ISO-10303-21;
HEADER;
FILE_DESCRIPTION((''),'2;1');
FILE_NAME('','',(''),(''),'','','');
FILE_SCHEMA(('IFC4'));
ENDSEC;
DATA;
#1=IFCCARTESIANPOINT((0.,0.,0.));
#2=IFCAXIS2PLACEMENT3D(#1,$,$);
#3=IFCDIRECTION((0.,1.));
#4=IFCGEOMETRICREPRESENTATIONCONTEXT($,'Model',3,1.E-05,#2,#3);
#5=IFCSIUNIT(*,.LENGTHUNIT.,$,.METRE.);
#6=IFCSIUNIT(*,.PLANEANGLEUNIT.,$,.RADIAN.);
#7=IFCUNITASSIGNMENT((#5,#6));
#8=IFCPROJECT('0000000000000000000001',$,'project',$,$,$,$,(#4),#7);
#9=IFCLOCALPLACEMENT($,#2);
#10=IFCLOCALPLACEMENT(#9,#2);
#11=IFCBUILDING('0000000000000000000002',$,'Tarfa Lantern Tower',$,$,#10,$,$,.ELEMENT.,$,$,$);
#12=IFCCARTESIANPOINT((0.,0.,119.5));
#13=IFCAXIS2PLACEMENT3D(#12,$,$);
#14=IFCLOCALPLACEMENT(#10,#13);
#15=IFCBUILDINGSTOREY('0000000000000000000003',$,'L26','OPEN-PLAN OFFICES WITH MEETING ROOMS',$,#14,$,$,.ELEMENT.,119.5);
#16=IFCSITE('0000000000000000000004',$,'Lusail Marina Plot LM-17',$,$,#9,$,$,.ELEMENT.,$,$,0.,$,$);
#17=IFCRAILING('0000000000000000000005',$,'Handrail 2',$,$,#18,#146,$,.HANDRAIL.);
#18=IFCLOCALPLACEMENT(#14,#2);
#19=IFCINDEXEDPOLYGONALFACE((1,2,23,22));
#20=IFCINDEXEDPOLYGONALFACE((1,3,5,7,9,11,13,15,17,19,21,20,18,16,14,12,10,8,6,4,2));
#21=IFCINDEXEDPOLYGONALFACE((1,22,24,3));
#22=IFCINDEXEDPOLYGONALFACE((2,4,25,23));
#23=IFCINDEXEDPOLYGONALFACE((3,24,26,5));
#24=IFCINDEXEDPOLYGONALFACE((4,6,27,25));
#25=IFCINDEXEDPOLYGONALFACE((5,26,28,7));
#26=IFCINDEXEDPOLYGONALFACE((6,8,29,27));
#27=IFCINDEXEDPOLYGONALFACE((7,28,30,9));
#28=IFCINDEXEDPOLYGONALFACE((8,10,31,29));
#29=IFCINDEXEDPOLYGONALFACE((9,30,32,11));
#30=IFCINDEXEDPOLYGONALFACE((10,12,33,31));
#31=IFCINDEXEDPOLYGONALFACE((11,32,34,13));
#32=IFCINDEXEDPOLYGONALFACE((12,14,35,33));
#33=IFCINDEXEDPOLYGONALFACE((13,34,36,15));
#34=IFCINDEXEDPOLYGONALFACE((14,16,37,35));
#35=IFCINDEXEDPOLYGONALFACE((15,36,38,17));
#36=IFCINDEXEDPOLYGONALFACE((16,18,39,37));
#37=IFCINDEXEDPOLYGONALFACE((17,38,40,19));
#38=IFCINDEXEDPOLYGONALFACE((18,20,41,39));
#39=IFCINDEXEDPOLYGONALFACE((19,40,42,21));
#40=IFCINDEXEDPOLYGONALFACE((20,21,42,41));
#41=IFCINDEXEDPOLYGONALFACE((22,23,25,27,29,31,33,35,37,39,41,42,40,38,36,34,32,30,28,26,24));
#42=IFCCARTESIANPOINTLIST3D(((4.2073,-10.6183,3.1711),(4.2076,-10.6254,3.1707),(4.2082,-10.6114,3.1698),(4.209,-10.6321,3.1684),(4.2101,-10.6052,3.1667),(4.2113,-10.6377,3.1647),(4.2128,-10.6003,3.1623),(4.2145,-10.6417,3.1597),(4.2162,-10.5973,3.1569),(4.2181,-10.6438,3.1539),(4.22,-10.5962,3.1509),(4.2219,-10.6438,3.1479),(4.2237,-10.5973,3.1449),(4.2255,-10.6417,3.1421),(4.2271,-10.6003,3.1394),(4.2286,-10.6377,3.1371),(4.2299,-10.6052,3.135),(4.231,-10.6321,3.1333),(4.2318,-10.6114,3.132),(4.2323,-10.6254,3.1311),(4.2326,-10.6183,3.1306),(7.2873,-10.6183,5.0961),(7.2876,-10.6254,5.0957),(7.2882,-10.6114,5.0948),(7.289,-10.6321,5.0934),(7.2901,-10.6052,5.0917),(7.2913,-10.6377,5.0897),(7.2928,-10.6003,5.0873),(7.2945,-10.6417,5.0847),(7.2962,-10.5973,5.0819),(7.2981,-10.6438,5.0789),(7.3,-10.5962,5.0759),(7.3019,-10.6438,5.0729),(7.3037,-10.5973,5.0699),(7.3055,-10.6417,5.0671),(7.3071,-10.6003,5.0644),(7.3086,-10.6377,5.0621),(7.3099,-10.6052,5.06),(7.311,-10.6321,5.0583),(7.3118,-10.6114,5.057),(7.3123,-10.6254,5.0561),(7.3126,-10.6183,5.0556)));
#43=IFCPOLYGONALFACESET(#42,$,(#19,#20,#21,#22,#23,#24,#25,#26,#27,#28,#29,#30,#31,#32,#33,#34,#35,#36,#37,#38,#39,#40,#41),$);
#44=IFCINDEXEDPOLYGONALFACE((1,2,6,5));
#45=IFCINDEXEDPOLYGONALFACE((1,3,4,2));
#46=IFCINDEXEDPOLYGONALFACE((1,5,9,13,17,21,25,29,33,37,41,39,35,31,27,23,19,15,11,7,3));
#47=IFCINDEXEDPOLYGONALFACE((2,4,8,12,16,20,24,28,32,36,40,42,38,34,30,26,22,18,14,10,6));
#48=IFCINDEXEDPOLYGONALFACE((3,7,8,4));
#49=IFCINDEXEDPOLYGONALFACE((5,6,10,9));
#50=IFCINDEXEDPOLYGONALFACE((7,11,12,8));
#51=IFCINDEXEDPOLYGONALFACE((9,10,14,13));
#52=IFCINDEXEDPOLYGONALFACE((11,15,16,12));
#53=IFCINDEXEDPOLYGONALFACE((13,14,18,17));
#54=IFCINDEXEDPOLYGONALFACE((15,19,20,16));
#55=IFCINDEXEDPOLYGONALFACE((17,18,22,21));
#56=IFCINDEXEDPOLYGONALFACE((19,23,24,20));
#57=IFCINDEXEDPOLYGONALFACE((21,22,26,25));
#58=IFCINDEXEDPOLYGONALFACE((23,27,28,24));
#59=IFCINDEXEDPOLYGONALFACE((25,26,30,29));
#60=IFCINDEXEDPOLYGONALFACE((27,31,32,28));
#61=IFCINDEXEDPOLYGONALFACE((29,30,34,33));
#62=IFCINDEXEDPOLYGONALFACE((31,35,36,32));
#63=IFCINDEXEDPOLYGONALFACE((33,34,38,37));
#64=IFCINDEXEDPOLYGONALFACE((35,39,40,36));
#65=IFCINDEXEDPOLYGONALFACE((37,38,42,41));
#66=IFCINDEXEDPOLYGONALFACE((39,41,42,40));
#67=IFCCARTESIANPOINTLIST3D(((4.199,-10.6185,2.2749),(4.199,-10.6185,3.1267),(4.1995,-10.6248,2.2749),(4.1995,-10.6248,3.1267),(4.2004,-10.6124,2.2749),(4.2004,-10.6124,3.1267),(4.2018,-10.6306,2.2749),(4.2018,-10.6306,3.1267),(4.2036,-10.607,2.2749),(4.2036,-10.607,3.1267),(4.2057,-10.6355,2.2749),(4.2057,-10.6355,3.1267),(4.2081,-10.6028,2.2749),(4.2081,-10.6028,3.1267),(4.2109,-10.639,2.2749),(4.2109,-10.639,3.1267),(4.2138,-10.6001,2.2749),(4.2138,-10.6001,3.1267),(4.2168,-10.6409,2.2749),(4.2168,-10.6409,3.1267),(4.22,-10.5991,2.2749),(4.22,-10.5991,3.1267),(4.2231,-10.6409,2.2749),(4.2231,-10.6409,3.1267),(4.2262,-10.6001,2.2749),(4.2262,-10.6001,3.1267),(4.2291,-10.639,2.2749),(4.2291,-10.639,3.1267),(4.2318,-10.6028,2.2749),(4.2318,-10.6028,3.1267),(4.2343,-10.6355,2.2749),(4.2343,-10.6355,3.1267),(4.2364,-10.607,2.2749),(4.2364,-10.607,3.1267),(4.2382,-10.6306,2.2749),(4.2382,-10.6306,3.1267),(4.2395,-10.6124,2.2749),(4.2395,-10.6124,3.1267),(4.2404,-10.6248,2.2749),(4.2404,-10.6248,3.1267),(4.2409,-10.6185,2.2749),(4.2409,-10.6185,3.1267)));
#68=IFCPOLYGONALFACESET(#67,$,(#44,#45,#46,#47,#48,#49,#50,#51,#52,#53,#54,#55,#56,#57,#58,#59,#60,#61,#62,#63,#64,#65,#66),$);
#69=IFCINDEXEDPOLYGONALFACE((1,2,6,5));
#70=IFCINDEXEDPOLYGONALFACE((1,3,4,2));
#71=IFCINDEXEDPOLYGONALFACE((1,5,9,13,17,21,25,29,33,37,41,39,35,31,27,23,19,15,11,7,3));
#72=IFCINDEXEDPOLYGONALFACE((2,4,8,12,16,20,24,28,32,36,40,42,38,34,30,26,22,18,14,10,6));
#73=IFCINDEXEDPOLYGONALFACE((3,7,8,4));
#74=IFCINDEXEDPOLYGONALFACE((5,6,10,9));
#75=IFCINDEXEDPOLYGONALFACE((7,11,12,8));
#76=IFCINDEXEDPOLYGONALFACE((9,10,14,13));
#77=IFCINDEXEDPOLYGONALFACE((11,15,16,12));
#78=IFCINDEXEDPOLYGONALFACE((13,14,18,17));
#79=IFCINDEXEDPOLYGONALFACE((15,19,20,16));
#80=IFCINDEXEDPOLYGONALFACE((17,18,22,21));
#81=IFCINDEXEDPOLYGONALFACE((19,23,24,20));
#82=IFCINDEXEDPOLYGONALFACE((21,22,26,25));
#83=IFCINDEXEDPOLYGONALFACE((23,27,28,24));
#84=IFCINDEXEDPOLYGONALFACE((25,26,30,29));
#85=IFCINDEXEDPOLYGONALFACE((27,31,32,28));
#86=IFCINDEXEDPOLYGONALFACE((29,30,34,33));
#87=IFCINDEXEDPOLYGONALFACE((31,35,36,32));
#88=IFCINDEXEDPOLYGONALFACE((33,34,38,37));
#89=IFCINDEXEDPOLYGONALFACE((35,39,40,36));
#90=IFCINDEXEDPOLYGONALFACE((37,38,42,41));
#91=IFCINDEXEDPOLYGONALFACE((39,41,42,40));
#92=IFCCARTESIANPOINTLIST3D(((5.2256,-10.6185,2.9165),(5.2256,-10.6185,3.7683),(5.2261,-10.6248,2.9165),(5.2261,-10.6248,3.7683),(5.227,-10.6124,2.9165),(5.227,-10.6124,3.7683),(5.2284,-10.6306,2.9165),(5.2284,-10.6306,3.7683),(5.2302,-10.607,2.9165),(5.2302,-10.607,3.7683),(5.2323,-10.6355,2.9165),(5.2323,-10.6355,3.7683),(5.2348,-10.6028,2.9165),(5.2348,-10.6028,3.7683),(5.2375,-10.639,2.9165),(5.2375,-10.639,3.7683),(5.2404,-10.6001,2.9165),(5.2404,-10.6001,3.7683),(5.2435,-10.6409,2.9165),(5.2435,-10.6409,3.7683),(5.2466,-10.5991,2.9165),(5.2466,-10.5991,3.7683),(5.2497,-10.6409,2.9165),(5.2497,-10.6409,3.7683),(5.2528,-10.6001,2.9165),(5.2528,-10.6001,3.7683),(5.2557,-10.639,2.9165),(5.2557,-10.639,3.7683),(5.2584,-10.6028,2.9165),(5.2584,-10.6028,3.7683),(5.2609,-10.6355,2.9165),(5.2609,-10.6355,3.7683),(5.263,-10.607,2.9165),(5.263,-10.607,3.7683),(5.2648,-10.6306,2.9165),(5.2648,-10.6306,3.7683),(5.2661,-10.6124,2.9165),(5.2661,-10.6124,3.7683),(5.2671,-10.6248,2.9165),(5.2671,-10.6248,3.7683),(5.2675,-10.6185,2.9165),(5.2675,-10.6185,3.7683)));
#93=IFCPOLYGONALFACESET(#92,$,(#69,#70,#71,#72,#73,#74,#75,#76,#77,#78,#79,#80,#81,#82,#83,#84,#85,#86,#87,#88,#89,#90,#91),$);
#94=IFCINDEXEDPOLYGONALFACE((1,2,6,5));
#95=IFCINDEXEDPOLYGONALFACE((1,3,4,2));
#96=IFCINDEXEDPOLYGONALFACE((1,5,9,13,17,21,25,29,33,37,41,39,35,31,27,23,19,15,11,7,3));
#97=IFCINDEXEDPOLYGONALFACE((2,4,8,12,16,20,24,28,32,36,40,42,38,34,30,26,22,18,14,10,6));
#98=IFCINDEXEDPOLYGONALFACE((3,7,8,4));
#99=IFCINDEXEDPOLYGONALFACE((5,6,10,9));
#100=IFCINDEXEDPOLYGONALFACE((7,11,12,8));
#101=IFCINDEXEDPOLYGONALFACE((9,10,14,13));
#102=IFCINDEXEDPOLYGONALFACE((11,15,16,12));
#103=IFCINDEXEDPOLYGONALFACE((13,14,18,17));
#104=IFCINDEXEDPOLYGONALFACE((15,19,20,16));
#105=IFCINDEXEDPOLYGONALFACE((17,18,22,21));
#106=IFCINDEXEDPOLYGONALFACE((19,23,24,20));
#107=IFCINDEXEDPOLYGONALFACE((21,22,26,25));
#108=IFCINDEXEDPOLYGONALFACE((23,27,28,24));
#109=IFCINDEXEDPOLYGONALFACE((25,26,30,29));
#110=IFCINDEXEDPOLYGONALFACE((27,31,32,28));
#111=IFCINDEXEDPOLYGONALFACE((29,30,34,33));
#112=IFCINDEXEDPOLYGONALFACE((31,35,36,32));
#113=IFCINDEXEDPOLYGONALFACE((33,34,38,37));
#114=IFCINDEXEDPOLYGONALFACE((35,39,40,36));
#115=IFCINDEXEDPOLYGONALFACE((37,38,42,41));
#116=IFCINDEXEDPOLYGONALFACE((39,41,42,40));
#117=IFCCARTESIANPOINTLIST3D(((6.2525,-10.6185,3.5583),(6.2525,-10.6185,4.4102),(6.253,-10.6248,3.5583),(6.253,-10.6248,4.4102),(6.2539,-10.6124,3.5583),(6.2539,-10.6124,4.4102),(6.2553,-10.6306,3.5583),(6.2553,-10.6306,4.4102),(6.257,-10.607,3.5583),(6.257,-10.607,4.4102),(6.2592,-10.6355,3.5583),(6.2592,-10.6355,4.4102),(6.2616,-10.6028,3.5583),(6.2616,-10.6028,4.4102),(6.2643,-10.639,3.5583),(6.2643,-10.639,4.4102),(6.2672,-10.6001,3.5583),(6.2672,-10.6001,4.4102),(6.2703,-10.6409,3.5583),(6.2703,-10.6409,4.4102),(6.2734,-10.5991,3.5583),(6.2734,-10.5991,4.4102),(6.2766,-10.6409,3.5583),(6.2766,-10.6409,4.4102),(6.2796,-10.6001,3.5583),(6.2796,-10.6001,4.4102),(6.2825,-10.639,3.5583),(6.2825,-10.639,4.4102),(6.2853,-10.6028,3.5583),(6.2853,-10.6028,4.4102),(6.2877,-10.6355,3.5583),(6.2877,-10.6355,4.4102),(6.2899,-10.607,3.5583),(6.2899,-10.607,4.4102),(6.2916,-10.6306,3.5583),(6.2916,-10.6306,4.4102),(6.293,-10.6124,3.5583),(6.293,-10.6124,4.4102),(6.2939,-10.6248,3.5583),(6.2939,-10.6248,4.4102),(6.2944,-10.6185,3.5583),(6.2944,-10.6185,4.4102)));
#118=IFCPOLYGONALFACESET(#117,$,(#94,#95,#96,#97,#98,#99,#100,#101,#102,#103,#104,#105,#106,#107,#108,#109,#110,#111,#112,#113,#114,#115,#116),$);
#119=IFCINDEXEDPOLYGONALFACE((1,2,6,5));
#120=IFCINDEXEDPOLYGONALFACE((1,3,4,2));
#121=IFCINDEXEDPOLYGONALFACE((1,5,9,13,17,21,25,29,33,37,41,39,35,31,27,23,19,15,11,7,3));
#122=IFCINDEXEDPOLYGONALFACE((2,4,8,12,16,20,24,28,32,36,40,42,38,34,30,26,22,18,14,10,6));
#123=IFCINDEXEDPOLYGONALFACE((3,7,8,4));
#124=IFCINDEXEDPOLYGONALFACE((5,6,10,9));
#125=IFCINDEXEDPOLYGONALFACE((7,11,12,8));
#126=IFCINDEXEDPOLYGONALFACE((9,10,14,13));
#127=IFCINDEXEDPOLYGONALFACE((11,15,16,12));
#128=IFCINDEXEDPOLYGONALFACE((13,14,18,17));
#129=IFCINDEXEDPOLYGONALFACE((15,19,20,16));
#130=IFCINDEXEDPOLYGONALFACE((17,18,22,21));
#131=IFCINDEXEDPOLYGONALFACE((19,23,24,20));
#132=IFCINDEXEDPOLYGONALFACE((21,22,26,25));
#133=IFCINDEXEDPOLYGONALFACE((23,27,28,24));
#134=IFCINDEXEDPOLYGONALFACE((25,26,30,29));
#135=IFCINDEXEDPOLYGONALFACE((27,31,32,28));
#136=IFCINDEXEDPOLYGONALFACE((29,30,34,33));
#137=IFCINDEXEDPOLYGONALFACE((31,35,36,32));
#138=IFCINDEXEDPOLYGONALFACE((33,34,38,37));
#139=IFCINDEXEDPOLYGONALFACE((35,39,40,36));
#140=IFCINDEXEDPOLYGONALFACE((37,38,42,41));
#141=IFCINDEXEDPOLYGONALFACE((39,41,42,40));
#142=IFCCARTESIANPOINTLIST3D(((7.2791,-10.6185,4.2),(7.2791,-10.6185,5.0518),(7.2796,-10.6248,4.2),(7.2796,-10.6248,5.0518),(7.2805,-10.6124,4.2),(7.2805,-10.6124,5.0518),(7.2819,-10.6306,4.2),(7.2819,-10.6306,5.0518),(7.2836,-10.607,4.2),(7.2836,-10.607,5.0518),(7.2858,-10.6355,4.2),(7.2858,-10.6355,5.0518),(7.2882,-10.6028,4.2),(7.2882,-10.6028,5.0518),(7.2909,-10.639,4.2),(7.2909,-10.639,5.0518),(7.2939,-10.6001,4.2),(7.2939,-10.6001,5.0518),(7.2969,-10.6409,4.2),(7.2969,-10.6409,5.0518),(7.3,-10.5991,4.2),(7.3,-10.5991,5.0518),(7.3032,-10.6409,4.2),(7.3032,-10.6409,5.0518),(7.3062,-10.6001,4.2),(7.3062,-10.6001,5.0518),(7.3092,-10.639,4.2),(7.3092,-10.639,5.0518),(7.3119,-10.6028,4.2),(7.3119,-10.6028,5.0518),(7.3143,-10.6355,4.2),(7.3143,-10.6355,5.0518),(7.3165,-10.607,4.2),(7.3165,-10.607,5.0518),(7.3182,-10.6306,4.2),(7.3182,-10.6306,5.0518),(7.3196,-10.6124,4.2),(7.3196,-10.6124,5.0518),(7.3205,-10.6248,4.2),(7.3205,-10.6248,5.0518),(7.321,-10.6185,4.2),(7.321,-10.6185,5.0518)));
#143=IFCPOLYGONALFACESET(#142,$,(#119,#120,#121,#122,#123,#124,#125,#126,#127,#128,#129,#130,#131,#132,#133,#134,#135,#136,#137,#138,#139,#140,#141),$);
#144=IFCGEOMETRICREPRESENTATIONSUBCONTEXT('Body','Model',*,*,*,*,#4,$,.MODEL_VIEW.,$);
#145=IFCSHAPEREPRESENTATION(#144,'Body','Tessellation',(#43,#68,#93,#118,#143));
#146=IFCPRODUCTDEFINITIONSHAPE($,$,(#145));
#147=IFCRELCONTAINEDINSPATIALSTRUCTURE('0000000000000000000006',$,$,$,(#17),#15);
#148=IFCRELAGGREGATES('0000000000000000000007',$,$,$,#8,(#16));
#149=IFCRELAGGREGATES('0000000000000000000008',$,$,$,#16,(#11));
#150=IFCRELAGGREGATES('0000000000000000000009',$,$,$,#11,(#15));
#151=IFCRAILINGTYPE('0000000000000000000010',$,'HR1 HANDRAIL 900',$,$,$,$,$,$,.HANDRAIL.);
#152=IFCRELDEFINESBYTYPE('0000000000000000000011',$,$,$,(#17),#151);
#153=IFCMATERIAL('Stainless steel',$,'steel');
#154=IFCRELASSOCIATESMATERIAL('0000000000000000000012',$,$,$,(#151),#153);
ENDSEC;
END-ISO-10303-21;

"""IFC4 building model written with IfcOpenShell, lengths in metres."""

from ifc_helpers import new_model, si_unit, direction, frame, origin, origin_2d, place, context, subcontext, project, spatial, circle, extrude, material, type_object, element, save


model = new_model("IFC4")

# Units and contexts
model_context = context("Model", 3, precision=1e-05, world=origin(), true_north=direction((0.0, 1.0)))
body_context = subcontext(model_context, "Body", "Model", "MODEL_VIEW")
ifc_project = project(units=[si_unit("LENGTHUNIT", "METRE"), si_unit("PLANEANGLEUNIT", "RADIAN")], contexts=[model_context])

# Site, building, storey
site_placement = place(None, origin())
site = spatial("IfcSite", under=ifc_project, at=site_placement, Name="Lusail Marina Plot LM-17", CompositionType="ELEMENT", RefElevation=0.0)
building_placement = place(site_placement, origin())
building = spatial("IfcBuilding", under=site, at=building_placement, Name="Tarfa Lantern Tower", CompositionType="ELEMENT")
storey_placement = place(building_placement, frame((0.0, 0.0, 119.5)))
storey = spatial("IfcBuildingStorey", under=building, at=storey_placement, Name="L26", Description="OPEN-PLAN OFFICES WITH MEETING ROOMS", CompositionType="ELEMENT", Elevation=119.5)

# Railing
ifc_material_1 = material(Name="Stainless steel", Category="steel")
railing_type = type_object("IfcRailingType", Name="HR1 HANDRAIL 900", PredefinedType="HANDRAIL", material=ifc_material_1)
railing_placement = place(storey_placement, frame((4.22, -10.6201, 2.2749)))
element("IfcRailing", 1, at=railing_placement, inside=storey, type_object=railing_type, Name="Handrail 2", PredefinedType="HANDRAIL", context=body_context, shape_type="SweptSolid", body=[
    extrude(circle(Radius=0.0239, at=origin_2d()), frame((0.0, 0.0, 0.876), z_axis=(0.847998, 0.0, 0.529999), x_axis=(0.0, 1.0, 0.0)), (0.0, 0.0, 1.0), 3.6321),
    extrude(circle(Radius=0.021, at=origin_2d()), frame((0.0, 0.0, 0.0), z_axis=(0.0, 0.0, 1.0), x_axis=(0.0, 1.0, 0.0)), (0.0, 0.0, 1.0), 0.8518),
    extrude(circle(Radius=0.021, at=origin_2d()), frame((1.0266, 0.0, 0.6416), z_axis=(0.0, 0.0, 1.0), x_axis=(0.0, 1.0, 0.0)), (0.0, 0.0, 1.0), 0.8518),
    extrude(circle(Radius=0.021, at=origin_2d()), frame((2.0535, 0.0, 1.2834), z_axis=(0.0, 0.0, 1.0), x_axis=(0.0, 1.0, 0.0)), (0.0, 0.0, 1.0), 0.8518),
    extrude(circle(Radius=0.021, at=origin_2d()), frame((3.0801, 0.0, 1.925), z_axis=(0.0, 0.0, 1.0), x_axis=(0.0, 1.0, 0.0)), (0.0, 0.0, 1.0), 0.8518),
])

save(model, "model.ifc")
